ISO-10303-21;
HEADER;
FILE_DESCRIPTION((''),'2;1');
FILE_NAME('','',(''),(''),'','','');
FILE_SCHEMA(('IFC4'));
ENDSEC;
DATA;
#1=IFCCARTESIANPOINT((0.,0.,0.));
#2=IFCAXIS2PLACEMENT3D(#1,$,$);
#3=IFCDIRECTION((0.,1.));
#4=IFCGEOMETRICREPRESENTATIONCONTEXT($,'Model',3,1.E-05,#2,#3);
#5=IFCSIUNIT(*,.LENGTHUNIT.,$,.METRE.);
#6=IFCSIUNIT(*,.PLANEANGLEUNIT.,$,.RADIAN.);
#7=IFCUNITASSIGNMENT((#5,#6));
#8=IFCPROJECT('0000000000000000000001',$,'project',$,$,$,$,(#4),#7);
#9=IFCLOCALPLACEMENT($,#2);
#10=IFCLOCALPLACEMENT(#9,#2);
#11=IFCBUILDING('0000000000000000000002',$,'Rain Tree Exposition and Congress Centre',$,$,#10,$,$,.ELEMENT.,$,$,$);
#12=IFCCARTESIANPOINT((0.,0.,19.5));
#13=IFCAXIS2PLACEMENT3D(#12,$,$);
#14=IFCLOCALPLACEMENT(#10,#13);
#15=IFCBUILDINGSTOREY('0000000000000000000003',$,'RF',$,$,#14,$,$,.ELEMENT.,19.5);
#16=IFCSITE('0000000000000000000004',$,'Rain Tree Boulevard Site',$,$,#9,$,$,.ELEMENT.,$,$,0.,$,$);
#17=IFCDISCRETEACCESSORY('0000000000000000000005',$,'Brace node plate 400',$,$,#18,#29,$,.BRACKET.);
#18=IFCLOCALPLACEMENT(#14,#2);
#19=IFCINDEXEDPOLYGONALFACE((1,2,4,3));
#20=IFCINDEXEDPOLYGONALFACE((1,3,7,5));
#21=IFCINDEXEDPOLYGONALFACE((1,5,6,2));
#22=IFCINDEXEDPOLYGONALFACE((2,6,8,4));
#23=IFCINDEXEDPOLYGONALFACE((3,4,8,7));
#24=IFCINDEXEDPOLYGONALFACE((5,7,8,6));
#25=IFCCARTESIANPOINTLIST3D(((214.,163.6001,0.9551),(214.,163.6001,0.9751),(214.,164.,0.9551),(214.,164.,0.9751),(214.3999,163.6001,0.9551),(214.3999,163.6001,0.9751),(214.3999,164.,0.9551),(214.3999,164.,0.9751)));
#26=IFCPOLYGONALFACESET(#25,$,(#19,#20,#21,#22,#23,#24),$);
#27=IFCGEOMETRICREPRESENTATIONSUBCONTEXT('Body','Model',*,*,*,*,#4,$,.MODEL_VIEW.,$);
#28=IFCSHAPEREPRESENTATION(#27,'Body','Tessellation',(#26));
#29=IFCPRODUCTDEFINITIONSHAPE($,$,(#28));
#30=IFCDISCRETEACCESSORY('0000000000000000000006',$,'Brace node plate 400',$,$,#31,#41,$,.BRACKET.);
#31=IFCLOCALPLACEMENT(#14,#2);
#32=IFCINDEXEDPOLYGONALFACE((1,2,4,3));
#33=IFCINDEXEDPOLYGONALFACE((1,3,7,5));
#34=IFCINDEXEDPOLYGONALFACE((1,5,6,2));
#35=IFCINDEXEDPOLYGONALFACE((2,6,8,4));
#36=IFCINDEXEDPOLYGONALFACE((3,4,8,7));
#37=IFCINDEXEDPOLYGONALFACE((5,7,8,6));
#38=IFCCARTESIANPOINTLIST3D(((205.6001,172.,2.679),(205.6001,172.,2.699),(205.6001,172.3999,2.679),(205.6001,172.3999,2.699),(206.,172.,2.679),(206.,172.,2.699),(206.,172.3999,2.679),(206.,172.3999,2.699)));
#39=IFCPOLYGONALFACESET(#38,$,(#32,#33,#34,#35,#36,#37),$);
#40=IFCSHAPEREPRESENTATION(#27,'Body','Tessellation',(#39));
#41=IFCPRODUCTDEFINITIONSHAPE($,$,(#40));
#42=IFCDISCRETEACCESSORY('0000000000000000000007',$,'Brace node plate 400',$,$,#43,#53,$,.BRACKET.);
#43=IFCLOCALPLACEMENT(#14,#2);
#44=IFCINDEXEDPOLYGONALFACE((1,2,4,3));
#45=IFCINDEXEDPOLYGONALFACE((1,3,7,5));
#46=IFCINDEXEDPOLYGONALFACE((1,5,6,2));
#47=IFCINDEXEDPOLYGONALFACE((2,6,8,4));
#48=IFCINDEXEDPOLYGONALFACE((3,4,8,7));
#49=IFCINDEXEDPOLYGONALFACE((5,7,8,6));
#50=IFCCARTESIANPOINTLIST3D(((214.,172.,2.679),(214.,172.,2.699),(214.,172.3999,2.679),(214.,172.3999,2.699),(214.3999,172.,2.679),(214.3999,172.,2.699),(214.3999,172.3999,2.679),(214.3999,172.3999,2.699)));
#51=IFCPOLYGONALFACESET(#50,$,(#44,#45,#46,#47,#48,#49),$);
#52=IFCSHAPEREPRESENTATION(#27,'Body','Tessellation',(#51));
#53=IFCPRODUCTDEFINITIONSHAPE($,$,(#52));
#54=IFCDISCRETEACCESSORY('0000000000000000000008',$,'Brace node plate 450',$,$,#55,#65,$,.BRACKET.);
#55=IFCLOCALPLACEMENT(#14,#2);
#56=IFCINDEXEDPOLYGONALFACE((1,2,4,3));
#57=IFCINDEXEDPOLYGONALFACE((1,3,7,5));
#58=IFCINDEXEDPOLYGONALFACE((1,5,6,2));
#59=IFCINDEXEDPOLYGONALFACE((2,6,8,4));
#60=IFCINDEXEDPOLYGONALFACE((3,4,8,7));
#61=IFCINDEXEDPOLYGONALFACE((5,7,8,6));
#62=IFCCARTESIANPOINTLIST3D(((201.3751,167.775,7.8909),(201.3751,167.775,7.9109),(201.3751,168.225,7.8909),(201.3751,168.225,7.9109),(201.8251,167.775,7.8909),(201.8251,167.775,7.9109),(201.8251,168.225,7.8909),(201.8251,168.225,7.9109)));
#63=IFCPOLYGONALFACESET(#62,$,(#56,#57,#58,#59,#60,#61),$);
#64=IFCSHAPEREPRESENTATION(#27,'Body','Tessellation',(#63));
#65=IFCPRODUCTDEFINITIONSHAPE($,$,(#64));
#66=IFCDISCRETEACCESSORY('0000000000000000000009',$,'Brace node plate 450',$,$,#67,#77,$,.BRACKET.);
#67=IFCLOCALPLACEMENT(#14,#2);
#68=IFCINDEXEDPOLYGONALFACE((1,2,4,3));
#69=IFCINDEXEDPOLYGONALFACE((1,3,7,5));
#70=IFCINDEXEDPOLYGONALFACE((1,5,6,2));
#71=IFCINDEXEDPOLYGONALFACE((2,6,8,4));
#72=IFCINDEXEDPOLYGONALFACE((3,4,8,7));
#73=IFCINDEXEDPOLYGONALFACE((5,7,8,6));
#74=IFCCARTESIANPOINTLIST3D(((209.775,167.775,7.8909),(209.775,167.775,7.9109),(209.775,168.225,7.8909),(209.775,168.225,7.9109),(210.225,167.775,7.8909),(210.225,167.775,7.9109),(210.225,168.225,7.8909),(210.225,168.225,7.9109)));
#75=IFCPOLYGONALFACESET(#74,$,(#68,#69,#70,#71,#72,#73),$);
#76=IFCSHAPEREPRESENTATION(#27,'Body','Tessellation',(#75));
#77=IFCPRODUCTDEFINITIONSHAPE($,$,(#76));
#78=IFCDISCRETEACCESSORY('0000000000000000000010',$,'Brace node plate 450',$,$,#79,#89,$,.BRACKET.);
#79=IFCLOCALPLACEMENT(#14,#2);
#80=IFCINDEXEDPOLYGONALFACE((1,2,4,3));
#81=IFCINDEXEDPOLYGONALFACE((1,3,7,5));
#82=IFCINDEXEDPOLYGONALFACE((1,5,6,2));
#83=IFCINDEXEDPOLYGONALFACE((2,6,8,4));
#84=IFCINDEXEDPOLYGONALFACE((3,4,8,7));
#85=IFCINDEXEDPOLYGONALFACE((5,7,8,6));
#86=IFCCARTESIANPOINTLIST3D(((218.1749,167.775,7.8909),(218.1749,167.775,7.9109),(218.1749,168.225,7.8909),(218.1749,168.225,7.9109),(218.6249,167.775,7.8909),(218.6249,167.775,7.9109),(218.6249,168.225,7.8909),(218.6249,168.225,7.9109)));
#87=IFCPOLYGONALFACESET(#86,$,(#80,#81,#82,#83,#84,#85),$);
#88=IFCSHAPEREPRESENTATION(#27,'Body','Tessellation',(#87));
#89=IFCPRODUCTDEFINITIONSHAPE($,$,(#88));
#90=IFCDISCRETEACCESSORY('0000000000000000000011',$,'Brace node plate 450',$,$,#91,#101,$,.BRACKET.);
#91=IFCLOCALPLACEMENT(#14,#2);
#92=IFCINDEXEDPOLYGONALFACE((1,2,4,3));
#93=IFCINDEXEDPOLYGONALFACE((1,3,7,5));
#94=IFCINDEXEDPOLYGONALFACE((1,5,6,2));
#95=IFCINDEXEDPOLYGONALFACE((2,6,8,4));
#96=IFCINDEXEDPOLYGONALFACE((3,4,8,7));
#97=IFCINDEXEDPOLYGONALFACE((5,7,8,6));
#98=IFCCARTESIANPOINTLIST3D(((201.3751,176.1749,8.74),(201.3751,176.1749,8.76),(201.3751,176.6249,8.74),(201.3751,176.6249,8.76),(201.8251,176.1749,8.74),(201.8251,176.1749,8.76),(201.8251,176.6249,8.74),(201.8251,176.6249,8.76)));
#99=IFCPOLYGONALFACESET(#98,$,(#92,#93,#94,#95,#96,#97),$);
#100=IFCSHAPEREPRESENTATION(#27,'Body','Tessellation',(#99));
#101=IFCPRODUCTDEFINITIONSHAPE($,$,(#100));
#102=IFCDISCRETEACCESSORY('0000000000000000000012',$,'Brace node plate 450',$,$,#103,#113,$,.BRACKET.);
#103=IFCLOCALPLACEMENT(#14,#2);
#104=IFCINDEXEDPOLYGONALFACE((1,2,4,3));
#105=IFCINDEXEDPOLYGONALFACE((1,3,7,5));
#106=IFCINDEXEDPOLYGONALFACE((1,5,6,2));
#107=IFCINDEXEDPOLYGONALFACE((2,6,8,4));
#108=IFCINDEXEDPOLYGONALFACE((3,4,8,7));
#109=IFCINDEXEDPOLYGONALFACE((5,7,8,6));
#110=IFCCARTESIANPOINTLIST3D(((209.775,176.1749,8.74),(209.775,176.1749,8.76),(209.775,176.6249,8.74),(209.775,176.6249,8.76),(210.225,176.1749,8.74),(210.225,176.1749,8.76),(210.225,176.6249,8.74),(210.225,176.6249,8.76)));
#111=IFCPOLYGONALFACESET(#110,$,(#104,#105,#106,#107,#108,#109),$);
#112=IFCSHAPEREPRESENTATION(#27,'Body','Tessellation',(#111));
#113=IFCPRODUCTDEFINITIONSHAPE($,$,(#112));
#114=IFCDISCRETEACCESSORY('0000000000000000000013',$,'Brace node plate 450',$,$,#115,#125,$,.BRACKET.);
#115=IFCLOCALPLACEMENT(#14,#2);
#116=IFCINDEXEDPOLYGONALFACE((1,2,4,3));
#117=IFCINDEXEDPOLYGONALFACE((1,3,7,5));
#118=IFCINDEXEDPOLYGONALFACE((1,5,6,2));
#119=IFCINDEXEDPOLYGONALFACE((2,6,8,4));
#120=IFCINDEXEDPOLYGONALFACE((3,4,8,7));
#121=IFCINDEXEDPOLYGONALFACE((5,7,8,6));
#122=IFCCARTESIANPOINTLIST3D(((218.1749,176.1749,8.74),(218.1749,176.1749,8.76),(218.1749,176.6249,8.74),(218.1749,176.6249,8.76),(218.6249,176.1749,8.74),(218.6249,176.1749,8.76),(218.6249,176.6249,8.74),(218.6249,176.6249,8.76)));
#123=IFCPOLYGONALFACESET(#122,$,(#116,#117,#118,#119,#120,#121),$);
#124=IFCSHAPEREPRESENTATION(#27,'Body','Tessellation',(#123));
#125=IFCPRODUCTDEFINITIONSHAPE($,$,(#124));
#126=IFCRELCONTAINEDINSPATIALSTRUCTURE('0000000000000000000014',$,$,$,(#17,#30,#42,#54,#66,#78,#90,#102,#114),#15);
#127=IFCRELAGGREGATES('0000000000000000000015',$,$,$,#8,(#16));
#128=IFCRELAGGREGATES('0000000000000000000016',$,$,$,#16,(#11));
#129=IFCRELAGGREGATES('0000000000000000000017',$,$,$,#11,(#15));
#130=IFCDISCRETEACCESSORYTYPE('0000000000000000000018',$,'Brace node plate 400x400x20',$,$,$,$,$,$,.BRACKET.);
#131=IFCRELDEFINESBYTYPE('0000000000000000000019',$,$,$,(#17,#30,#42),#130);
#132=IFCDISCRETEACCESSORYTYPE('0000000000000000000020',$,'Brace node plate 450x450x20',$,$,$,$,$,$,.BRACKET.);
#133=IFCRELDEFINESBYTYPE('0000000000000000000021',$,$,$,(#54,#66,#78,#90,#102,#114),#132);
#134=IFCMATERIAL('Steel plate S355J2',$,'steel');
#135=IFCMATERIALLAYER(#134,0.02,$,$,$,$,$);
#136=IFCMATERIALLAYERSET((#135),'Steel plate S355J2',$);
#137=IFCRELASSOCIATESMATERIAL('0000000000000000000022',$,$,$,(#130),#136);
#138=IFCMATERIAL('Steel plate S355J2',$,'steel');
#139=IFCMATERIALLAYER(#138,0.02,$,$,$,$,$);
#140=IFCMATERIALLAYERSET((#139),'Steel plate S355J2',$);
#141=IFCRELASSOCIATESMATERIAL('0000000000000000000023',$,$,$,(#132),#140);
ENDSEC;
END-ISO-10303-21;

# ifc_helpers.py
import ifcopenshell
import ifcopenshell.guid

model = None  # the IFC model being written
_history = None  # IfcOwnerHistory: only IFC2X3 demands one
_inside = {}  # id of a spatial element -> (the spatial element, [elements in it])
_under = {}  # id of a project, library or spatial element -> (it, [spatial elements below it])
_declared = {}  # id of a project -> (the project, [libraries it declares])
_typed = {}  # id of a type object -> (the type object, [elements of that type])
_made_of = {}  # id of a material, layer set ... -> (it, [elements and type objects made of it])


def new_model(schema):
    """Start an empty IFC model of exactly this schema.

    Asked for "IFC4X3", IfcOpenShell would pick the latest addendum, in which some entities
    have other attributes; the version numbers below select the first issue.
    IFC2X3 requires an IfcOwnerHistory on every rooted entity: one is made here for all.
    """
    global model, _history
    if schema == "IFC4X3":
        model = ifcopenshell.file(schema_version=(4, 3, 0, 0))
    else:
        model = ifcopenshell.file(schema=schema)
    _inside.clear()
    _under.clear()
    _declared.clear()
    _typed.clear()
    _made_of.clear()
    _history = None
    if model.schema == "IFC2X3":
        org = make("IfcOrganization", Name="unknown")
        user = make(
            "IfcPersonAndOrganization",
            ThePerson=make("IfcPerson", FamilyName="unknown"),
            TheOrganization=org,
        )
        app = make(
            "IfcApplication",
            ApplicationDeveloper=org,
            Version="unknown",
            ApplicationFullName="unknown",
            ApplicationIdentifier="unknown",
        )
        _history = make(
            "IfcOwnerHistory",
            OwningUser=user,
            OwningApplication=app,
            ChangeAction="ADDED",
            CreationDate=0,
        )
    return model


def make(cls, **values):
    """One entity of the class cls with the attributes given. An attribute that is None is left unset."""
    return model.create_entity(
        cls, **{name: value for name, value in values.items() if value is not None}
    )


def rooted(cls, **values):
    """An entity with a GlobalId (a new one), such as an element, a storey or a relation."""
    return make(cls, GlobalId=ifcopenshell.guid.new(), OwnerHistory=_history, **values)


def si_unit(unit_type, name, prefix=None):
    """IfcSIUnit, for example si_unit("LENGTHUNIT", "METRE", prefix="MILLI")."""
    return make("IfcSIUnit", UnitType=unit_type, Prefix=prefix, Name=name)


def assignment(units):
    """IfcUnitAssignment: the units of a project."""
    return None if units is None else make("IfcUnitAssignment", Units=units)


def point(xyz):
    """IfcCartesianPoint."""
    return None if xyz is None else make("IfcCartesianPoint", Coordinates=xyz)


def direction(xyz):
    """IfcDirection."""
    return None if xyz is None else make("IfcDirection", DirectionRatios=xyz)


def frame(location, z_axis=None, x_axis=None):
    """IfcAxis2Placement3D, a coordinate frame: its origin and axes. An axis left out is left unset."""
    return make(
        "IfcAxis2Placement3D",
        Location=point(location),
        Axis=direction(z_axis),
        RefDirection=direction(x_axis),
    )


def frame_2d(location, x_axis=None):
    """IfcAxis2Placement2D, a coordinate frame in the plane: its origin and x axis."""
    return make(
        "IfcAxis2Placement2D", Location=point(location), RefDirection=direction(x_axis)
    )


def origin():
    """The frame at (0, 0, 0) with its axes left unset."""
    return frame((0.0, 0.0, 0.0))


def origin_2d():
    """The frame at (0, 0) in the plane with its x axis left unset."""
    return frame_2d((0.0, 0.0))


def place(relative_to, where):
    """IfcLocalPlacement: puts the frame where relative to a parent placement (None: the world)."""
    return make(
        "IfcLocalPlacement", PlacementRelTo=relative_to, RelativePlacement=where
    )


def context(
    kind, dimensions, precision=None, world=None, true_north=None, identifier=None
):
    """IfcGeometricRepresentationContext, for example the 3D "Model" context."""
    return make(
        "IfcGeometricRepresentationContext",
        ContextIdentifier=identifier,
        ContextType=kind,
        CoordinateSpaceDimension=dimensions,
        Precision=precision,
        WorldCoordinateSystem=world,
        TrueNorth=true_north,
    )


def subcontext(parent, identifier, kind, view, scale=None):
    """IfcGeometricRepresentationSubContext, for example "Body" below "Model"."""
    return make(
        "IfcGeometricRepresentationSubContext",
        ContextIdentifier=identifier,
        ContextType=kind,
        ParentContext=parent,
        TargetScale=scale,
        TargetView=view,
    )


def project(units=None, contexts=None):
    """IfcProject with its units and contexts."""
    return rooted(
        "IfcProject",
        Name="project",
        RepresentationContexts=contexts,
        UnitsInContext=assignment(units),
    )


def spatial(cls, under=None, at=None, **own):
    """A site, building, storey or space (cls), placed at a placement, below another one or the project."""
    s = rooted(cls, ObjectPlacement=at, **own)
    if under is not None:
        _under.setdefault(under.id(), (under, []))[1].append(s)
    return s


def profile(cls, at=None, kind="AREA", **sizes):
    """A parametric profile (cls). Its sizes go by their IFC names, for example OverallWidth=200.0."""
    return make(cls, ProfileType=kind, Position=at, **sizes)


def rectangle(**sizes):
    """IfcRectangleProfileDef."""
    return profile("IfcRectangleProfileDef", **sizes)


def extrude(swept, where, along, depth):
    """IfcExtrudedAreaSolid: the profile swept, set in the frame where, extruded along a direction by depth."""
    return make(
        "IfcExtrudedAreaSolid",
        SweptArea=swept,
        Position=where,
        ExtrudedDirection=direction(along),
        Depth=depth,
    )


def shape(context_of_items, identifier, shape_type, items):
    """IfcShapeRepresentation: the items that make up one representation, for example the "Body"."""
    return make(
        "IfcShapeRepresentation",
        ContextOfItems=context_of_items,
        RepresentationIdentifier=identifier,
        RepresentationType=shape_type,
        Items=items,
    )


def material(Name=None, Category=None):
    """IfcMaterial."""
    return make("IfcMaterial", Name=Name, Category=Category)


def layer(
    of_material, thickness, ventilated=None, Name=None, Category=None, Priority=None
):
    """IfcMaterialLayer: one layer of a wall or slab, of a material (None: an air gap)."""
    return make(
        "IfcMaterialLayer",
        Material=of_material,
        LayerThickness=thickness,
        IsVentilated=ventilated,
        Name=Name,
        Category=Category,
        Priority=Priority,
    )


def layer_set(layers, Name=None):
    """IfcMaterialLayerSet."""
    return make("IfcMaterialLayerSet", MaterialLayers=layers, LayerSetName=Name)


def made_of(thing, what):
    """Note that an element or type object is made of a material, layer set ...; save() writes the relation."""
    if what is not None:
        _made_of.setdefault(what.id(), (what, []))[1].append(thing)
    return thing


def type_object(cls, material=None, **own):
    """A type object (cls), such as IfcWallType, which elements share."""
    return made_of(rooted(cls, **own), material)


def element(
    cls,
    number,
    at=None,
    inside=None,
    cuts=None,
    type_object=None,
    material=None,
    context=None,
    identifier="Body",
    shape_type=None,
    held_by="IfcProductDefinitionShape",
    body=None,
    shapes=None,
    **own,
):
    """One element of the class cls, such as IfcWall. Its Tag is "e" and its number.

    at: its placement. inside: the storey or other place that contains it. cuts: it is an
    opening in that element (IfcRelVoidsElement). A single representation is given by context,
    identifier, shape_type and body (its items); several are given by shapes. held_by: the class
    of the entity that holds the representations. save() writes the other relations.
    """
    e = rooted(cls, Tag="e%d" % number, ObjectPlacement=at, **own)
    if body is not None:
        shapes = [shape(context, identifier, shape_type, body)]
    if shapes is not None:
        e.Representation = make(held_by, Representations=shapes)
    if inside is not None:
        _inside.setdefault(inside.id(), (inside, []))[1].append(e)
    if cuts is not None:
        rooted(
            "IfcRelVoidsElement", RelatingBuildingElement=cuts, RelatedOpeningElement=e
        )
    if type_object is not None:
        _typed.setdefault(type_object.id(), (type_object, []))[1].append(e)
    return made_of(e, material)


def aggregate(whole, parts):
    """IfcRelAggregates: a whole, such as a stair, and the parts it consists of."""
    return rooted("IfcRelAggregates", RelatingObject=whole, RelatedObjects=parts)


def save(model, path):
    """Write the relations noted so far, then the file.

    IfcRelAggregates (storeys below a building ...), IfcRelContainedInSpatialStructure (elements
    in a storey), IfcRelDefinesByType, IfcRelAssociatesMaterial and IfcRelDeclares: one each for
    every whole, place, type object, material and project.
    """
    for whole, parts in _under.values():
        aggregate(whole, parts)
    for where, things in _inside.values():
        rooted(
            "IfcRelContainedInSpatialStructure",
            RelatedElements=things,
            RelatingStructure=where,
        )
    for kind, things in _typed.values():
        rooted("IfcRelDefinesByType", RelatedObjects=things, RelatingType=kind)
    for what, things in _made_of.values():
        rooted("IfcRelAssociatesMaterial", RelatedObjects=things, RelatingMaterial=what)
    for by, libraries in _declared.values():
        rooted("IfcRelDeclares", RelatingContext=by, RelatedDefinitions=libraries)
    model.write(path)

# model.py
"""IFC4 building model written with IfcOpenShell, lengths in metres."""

from ifc_helpers import new_model, si_unit, direction, frame, origin, origin_2d, place, context, subcontext, project, spatial, rectangle, extrude, material, layer, layer_set, type_object, element, save


model = new_model("IFC4")

# Units and contexts
model_context = context("Model", 3, precision=1e-05, world=origin(), true_north=direction((0.0, 1.0)))
body_context = subcontext(model_context, "Body", "Model", "MODEL_VIEW")
ifc_project = project(units=[si_unit("LENGTHUNIT", "METRE"), si_unit("PLANEANGLEUNIT", "RADIAN")], contexts=[model_context])

# Site, building, storey
site_placement = place(None, origin())
site = spatial("IfcSite", under=ifc_project, at=site_placement, Name="Rain Tree Boulevard Site", CompositionType="ELEMENT", RefElevation=0.0)
building_placement = place(site_placement, origin())
building = spatial("IfcBuilding", under=site, at=building_placement, Name="Rain Tree Exposition and Congress Centre", CompositionType="ELEMENT")
storey_placement = place(building_placement, frame((0.0, 0.0, 19.5)))
storey = spatial("IfcBuildingStorey", under=building, at=storey_placement, Name="RF", CompositionType="ELEMENT", Elevation=19.5)

# Discrete accessories
ifc_material_1 = material(Name="Steel plate S355J2", Category="steel")
ifc_layer_1 = layer(ifc_material_1, 0.02)
ifc_layer_set_1 = layer_set([ifc_layer_1], Name="Steel plate S355J2")
discrete_accessory_type_1 = type_object("IfcDiscreteAccessoryType", Name="Brace node plate 400x400x20", PredefinedType="BRACKET", material=ifc_layer_set_1)
for number, where, z_axis, x_axis, name in (
    (1, (214.2, 163.8, 0.9551), (0.0, 0.0, 1.0), (1.0, 0.0, 0.0), "Brace node plate 400"),
    (2, (205.8, 172.2, 2.679), (0.0, 0.0, 1.0), (1.0, 0.0, 0.0), "Brace node plate 400"),
    (3, (214.2, 172.2, 2.679), (0.0, 0.0, 1.0), (1.0, 0.0, 0.0), "Brace node plate 400"),
):
    element("IfcDiscreteAccessory", number, at=place(storey_placement, frame(where, z_axis=z_axis, x_axis=x_axis)), inside=storey, type_object=discrete_accessory_type_1, Name=name, PredefinedType="BRACKET", context=body_context, shape_type="SweptSolid", body=[
        extrude(rectangle(XDim=0.3999, YDim=0.3999, at=origin_2d()), origin(), (0.0, 0.0, 1.0), 0.02),
    ])
ifc_material_2 = material(Name="Steel plate S355J2", Category="steel")
ifc_layer_2 = layer(ifc_material_2, 0.02)
ifc_layer_set_2 = layer_set([ifc_layer_2], Name="Steel plate S355J2")
discrete_accessory_type_2 = type_object("IfcDiscreteAccessoryType", Name="Brace node plate 450x450x20", PredefinedType="BRACKET", material=ifc_layer_set_2)
for number, where, z_axis, x_axis, name in (
    (4, (201.6001, 168.0, 7.8909), (0.0, 0.0, 1.0), (1.0, 0.0, 0.0), "Brace node plate 450"),
    (5, (210.0, 168.0, 7.8909), (0.0, 0.0, 1.0), (1.0, 0.0, 0.0), "Brace node plate 450"),
    (6, (218.3999, 168.0, 7.8909), (0.0, 0.0, 1.0), (1.0, 0.0, 0.0), "Brace node plate 450"),
    (7, (201.6001, 176.3999, 8.74), (0.0, 0.0, 1.0), (1.0, 0.0, 0.0), "Brace node plate 450"),
    (8, (210.0, 176.3999, 8.74), (0.0, 0.0, 1.0), (1.0, 0.0, 0.0), "Brace node plate 450"),
    (9, (218.3999, 176.3999, 8.74), (0.0, 0.0, 1.0), (1.0, 0.0, 0.0), "Brace node plate 450"),
):
    element("IfcDiscreteAccessory", number, at=place(storey_placement, frame(where, z_axis=z_axis, x_axis=x_axis)), inside=storey, type_object=discrete_accessory_type_2, Name=name, PredefinedType="BRACKET", context=body_context, shape_type="SweptSolid", body=[
        extrude(rectangle(XDim=0.45, YDim=0.45, at=origin_2d()), origin(), (0.0, 0.0, 1.0), 0.02),
    ])

save(model, "model.ifc")
